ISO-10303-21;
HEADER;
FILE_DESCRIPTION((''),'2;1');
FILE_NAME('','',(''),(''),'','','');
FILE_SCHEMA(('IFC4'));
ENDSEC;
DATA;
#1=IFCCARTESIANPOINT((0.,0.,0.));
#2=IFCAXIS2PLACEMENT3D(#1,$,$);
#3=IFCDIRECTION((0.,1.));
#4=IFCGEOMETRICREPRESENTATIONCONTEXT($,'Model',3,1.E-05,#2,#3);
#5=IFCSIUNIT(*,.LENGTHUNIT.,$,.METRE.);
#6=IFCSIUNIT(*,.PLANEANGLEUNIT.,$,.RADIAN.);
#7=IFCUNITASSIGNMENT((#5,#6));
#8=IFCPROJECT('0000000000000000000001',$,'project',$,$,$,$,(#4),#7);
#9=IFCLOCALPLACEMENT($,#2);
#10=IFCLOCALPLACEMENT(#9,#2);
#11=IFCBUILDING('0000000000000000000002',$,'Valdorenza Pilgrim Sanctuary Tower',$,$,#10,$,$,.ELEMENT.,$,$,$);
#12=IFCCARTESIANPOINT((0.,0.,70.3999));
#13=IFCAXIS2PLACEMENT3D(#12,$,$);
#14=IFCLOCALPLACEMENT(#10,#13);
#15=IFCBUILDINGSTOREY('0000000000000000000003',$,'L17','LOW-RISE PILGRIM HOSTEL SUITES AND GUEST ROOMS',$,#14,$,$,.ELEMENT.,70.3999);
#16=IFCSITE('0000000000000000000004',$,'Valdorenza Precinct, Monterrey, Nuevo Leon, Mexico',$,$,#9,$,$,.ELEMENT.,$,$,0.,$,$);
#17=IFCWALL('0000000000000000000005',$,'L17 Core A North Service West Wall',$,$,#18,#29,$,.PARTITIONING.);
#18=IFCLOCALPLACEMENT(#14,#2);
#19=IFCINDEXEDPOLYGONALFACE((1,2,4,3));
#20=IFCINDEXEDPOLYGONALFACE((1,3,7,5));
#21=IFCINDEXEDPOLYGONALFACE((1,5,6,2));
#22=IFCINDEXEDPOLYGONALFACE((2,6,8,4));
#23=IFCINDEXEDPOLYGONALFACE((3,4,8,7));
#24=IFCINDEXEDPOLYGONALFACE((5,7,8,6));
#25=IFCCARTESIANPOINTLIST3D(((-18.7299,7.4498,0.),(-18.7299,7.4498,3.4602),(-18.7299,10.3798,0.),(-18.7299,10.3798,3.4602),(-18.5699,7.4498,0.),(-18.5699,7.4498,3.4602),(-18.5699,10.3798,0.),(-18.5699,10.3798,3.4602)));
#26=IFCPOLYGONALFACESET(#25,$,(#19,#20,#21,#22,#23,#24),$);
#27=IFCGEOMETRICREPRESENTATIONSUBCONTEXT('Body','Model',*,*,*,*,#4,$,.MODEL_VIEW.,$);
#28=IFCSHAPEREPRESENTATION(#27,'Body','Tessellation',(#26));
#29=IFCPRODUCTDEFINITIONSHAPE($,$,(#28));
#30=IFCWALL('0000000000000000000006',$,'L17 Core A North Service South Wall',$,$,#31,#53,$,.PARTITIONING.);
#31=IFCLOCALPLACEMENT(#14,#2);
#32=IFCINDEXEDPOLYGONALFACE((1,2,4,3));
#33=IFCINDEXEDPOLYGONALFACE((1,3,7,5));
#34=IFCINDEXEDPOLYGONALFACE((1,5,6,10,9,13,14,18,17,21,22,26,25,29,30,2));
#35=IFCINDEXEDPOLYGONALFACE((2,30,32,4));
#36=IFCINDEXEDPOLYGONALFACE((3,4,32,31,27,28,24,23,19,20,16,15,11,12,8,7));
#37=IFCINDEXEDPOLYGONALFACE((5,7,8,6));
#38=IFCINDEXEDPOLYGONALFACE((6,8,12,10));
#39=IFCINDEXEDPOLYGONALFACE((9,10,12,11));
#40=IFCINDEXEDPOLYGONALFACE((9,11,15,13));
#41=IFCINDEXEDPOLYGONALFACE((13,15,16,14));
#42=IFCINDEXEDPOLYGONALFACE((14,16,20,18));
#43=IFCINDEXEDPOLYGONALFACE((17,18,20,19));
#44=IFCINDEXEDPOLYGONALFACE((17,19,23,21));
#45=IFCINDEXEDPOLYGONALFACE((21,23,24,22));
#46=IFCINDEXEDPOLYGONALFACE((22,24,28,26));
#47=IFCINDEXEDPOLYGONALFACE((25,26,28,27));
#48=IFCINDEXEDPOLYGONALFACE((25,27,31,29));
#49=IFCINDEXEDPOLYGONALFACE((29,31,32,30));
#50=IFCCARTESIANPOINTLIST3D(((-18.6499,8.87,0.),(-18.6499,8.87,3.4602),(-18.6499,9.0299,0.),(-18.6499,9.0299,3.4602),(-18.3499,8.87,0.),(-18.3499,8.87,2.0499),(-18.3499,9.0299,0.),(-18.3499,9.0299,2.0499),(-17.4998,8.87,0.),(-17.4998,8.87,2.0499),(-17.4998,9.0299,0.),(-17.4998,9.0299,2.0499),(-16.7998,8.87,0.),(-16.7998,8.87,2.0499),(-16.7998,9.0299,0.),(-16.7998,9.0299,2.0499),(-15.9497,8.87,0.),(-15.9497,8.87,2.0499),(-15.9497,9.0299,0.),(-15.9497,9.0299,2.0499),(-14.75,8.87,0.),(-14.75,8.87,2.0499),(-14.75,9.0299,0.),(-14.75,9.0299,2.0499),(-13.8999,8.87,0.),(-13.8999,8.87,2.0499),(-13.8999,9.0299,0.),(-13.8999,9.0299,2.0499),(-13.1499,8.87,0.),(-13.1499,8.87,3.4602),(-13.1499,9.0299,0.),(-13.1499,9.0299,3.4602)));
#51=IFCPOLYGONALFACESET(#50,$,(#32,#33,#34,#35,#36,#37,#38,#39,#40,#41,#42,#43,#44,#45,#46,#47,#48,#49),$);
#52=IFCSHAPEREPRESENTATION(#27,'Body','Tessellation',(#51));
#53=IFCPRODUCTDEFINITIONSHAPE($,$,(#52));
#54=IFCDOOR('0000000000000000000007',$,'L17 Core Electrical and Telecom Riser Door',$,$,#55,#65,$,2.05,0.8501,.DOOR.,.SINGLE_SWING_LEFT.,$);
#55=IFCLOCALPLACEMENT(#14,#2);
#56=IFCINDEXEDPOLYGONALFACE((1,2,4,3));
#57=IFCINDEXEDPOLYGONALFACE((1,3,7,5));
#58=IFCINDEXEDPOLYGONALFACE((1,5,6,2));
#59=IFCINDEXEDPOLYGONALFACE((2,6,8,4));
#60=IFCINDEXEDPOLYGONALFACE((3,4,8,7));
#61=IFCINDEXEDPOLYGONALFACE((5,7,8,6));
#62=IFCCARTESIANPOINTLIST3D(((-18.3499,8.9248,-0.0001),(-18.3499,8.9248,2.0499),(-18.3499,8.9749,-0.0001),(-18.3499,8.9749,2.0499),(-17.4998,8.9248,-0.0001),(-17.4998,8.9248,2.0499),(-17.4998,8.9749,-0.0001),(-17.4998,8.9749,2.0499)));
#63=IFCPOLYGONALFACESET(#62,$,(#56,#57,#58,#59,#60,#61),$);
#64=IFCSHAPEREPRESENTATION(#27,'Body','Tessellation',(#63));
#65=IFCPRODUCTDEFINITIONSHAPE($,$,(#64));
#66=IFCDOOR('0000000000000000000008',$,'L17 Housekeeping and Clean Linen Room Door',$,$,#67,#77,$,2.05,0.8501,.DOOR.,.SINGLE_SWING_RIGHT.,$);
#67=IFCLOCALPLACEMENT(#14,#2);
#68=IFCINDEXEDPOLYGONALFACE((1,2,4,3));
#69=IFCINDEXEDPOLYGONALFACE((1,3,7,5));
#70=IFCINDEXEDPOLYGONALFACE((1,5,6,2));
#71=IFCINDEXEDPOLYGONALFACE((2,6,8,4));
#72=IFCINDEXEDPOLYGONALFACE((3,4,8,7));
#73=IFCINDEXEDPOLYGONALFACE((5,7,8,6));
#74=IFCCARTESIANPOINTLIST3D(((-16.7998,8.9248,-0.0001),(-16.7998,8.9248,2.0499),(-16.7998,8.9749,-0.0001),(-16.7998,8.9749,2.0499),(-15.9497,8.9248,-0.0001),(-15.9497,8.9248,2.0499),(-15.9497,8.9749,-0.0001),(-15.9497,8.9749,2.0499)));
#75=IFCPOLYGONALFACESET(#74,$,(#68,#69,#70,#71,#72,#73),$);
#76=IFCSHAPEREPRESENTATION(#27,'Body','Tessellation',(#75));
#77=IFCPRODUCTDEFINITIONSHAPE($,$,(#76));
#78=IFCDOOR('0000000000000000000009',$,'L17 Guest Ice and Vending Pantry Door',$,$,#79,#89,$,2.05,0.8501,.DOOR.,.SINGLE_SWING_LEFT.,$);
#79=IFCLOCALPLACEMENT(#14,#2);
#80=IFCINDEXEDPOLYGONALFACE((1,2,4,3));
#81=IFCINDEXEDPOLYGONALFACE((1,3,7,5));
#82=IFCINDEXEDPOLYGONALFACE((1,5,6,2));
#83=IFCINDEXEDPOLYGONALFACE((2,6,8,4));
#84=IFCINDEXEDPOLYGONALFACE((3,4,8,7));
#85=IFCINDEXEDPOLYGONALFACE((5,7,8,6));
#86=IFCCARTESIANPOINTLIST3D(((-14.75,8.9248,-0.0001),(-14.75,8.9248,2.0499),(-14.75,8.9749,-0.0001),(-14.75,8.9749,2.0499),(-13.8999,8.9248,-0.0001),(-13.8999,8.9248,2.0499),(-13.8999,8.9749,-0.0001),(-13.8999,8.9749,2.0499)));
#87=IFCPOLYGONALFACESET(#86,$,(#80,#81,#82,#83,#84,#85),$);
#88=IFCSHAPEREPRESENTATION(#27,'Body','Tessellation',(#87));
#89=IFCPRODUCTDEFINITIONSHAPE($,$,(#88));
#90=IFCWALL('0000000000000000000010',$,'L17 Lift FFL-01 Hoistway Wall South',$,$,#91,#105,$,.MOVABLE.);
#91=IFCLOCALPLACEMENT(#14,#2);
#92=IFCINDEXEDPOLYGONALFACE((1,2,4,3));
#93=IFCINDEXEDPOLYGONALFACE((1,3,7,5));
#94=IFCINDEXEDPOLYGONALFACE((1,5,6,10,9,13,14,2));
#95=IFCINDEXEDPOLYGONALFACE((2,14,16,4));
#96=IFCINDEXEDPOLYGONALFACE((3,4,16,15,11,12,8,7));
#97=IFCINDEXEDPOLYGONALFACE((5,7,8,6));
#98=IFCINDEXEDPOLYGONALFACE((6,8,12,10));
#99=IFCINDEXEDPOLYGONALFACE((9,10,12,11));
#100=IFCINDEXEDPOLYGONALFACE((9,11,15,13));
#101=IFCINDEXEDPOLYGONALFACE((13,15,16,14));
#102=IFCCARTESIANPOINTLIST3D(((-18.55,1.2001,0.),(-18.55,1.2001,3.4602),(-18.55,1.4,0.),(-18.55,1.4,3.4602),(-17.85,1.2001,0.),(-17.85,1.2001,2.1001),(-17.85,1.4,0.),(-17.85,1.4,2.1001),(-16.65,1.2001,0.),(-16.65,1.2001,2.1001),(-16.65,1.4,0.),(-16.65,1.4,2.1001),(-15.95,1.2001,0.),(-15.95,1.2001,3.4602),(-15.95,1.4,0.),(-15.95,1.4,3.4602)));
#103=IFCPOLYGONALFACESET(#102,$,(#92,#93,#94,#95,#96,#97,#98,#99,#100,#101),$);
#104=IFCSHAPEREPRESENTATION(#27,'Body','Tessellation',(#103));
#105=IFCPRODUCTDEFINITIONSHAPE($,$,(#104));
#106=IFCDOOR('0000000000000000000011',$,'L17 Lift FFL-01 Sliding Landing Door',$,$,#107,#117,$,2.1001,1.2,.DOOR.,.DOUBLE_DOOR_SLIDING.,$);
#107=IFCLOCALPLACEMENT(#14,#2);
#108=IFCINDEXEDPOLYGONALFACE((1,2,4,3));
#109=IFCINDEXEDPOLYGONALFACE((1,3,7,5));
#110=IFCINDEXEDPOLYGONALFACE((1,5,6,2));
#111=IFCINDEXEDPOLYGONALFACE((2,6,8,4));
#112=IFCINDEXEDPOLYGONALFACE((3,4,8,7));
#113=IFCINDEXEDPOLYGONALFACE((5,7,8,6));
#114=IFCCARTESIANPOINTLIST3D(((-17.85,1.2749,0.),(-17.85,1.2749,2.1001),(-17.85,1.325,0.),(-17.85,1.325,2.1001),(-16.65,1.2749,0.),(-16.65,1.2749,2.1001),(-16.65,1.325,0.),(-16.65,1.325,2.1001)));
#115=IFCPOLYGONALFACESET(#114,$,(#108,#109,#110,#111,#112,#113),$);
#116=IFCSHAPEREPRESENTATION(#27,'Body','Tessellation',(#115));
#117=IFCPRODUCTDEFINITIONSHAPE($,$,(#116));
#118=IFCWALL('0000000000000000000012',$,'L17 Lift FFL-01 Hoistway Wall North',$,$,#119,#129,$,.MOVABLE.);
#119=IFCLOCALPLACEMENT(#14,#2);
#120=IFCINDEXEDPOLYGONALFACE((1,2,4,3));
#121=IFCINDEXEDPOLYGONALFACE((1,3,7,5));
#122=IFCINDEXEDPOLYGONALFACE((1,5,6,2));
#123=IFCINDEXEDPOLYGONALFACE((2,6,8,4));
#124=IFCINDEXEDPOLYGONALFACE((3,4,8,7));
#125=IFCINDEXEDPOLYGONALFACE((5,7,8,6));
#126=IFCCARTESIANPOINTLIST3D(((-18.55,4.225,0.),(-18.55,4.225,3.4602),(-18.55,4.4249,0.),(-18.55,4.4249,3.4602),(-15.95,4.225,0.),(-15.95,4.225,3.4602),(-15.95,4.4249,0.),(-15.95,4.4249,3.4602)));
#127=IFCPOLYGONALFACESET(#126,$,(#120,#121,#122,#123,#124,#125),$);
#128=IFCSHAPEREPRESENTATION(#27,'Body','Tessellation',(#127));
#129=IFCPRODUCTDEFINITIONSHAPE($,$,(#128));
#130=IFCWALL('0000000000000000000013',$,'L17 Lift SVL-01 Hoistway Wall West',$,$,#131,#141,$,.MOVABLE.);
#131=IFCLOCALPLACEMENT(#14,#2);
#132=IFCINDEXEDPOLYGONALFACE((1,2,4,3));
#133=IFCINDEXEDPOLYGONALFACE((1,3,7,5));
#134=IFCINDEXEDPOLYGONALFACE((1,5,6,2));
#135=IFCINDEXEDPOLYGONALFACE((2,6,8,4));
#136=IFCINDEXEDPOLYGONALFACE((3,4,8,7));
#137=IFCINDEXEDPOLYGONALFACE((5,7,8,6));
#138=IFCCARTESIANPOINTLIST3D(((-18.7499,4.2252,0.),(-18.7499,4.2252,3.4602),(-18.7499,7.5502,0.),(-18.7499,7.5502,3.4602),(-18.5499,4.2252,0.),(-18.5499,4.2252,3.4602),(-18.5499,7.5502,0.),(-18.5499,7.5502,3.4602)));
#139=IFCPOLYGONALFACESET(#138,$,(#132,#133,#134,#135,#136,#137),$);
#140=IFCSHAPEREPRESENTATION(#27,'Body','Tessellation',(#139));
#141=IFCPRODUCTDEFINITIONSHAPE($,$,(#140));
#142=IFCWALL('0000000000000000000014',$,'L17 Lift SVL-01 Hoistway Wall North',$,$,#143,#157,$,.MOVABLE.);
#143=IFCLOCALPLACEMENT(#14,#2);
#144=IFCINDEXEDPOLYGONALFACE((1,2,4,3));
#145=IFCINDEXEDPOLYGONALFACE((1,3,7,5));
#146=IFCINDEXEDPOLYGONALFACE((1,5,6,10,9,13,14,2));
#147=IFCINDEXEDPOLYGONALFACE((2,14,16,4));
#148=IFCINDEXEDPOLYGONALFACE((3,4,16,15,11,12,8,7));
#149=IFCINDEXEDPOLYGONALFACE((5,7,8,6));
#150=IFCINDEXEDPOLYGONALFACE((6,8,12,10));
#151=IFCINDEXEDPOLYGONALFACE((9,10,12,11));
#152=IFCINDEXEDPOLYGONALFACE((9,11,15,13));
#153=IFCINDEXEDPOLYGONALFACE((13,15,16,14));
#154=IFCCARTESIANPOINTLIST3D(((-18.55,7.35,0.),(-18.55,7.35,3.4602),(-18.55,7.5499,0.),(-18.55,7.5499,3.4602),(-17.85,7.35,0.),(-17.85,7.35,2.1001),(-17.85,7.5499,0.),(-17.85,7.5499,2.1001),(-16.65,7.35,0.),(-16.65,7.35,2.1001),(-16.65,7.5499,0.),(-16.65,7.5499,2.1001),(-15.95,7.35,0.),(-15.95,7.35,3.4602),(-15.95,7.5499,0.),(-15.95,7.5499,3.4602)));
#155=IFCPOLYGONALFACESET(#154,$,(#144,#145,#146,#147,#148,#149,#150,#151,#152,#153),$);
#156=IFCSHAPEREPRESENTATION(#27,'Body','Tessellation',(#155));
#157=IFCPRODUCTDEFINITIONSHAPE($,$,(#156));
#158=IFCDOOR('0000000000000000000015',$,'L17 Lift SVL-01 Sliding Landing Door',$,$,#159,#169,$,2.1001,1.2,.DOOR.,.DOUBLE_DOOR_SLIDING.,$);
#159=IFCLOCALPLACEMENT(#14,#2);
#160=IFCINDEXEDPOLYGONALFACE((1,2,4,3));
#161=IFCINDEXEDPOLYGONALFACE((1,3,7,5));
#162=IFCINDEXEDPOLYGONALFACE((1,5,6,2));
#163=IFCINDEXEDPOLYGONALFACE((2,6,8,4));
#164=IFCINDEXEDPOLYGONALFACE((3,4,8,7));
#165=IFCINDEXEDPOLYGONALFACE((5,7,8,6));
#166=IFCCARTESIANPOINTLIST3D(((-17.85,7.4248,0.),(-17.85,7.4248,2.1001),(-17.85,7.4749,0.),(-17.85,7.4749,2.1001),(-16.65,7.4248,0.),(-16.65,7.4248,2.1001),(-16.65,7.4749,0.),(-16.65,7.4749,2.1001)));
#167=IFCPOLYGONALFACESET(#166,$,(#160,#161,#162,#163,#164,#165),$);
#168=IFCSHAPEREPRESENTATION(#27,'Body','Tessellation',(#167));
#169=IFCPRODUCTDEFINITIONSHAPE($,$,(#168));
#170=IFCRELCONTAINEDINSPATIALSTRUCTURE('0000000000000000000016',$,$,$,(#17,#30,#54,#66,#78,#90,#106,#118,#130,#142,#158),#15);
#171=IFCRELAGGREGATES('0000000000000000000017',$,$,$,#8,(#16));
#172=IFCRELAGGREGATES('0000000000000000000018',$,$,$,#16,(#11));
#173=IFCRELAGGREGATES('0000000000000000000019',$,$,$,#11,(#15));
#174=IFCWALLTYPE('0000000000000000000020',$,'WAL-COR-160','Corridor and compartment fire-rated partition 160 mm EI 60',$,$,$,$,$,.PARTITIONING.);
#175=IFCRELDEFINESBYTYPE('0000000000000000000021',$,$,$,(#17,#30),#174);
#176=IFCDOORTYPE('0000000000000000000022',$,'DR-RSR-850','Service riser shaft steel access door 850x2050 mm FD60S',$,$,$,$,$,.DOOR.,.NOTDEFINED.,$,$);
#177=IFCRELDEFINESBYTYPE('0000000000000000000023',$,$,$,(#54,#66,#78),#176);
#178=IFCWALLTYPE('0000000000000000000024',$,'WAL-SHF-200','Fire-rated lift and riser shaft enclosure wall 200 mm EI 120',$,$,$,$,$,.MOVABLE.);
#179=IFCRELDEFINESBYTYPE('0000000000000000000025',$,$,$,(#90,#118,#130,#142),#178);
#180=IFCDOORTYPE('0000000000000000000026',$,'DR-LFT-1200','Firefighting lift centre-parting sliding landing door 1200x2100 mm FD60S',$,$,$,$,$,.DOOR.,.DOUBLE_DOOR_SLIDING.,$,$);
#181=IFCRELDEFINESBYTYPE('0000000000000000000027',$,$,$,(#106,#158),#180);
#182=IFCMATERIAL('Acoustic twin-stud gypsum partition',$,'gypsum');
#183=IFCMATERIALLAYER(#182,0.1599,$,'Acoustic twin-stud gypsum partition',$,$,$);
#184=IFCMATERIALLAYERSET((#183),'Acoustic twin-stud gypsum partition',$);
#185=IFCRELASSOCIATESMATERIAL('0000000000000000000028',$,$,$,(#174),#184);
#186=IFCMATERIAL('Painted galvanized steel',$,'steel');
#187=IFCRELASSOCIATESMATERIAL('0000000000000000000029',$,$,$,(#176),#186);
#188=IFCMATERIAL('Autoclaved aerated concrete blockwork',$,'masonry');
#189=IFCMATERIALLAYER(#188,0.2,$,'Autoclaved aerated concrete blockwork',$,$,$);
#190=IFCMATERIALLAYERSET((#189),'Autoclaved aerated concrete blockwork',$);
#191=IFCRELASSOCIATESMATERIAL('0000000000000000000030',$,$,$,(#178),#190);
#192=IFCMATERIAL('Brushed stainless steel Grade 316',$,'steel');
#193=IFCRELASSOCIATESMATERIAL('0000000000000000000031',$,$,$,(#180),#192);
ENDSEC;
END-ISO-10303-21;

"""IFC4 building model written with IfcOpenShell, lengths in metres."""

from ifc_helpers import new_model, si_unit, direction, frame, frame_2d, origin, place, context, subcontext, project, spatial, rectangle, extrude, material, layer, layer_set, type_object, element, fill, save


model = new_model("IFC4")

# Units and contexts
model_context = context("Model", 3, precision=1e-05, world=origin(), true_north=direction((0.0, 1.0)))
body_context = subcontext(model_context, "Body", "Model", "MODEL_VIEW")
ifc_project = project(units=[si_unit("LENGTHUNIT", "METRE"), si_unit("PLANEANGLEUNIT", "RADIAN")], contexts=[model_context])

# Site, building, storey
site_placement = place(None, origin())
site = spatial("IfcSite", under=ifc_project, at=site_placement, Name="Valdorenza Precinct, Monterrey, Nuevo Leon, Mexico", CompositionType="ELEMENT", RefElevation=0.0)
building_placement = place(site_placement, origin())
building = spatial("IfcBuilding", under=site, at=building_placement, Name="Valdorenza Pilgrim Sanctuary Tower", CompositionType="ELEMENT")
storey_placement = place(building_placement, frame((0.0, 0.0, 70.3999)))
storey = spatial("IfcBuildingStorey", under=building, at=storey_placement, Name="L17", Description="LOW-RISE PILGRIM HOSTEL SUITES AND GUEST ROOMS", CompositionType="ELEMENT", Elevation=70.3999)

# Wall
ifc_material_1 = material(Name="Acoustic twin-stud gypsum partition", Category="gypsum")
ifc_layer_1 = layer(ifc_material_1, 0.1599, Name="Acoustic twin-stud gypsum partition")
ifc_layer_set_1 = layer_set([ifc_layer_1], Name="Acoustic twin-stud gypsum partition")
wall_type_1 = type_object("IfcWallType", Name="WAL-COR-160", Description="Corridor and compartment fire-rated partition 160 mm EI 60", PredefinedType="PARTITIONING", material=ifc_layer_set_1)
wall_1_placement = place(storey_placement, frame((-18.6499, 7.45, 0.0), z_axis=(0.0, 0.0, 1.0), x_axis=(0.0, 1.0, 0.0)))
element("IfcWall", 1, at=wall_1_placement, inside=storey, type_object=wall_type_1, Name="L17 Core A North Service West Wall", PredefinedType="PARTITIONING", context=body_context, shape_type="SweptSolid", body=[
    extrude(rectangle(XDim=2.9299, YDim=0.1599, at=frame_2d((1.4648, 0.0))), origin(), (0.0, 0.0, 1.0), 3.4602),
])

# Wall, openings, doors
wall_2_placement = place(storey_placement, frame((-18.6499, 8.95, 0.0), z_axis=(0.0, 0.0, 1.0), x_axis=(1.0, 0.0, 0.0)))
wall_2 = element("IfcWall", 2, at=wall_2_placement, inside=storey, type_object=wall_type_1, Name="L17 Core A North Service South Wall", PredefinedType="PARTITIONING", context=body_context, shape_type="SweptSolid", body=[
    extrude(rectangle(XDim=5.5, YDim=0.1599, at=frame_2d((2.75, 0.0))), origin(), (0.0, 0.0, 1.0), 3.4602),
])
opening_1_placement = place(wall_2_placement, frame((0.3, 0.0, 0.0)))
opening_1 = element("IfcOpeningElement", 3, at=opening_1_placement, cuts=wall_2, PredefinedType="OPENING", context=body_context, shape_type="SweptSolid", body=[
    extrude(rectangle(XDim=0.8501, YDim=2.05, at=frame_2d((0.425, 1.0249))), frame((0.0, 0.0947, 0.0), z_axis=(0.0, -1.0, 0.0), x_axis=(1.0, 0.0, 0.0)), (0.0, 0.0, 1.0), 0.1897),
])
opening_2_placement = place(wall_2_placement, frame((1.8501, 0.0, 0.0)))
opening_2 = element("IfcOpeningElement", 4, at=opening_2_placement, cuts=wall_2, PredefinedType="OPENING", context=body_context, shape_type="SweptSolid", body=[
    extrude(rectangle(XDim=0.8501, YDim=2.05, at=frame_2d((0.425, 1.0249))), frame((0.0, 0.0947, 0.0), z_axis=(0.0, -1.0, 0.0), x_axis=(1.0, 0.0, 0.0)), (0.0, 0.0, 1.0), 0.1897),
])
opening_3_placement = place(wall_2_placement, frame((3.8999, 0.0, 0.0)))
opening_3 = element("IfcOpeningElement", 5, at=opening_3_placement, cuts=wall_2, PredefinedType="OPENING", context=body_context, shape_type="SweptSolid", body=[
    extrude(rectangle(XDim=0.8501, YDim=2.05, at=frame_2d((0.425, 1.0249))), frame((0.0, 0.0947, 0.0), z_axis=(0.0, -1.0, 0.0), x_axis=(1.0, 0.0, 0.0)), (0.0, 0.0, 1.0), 0.1897),
])
ifc_material_2 = material(Name="Painted galvanized steel", Category="steel")
door_type_1 = type_object("IfcDoorType", Name="DR-RSR-850", Description="Service riser shaft steel access door 850x2050 mm FD60S", OperationType="NOTDEFINED", PredefinedType="DOOR", material=ifc_material_2)
door_1_placement = place(opening_1_placement, origin())
door_1 = element("IfcDoor", 6, at=door_1_placement, inside=storey, type_object=door_type_1, Name="L17 Core Electrical and Telecom Riser Door", OperationType="SINGLE_SWING_LEFT", OverallHeight=2.05, OverallWidth=0.8501, PredefinedType="DOOR", context=body_context, shape_type="SweptSolid", body=[
    extrude(rectangle(XDim=0.8501, YDim=2.05, at=frame_2d((0.425, 1.0249))), frame((0.0, 0.0249, 0.0), z_axis=(0.0, -1.0, 0.0), x_axis=(1.0, 0.0, 0.0)), (0.0, 0.0, 1.0), 0.05),
])
fill(opening_1, door_1)
door_2_placement = place(opening_2_placement, origin())
door_2 = element("IfcDoor", 7, at=door_2_placement, inside=storey, type_object=door_type_1, Name="L17 Housekeeping and Clean Linen Room Door", OperationType="SINGLE_SWING_RIGHT", OverallHeight=2.05, OverallWidth=0.8501, PredefinedType="DOOR", context=body_context, shape_type="SweptSolid", body=[
    extrude(rectangle(XDim=0.8501, YDim=2.05, at=frame_2d((0.425, 1.0249))), frame((0.0, 0.0249, 0.0), z_axis=(0.0, -1.0, 0.0), x_axis=(1.0, 0.0, 0.0)), (0.0, 0.0, 1.0), 0.05),
])
fill(opening_2, door_2)
door_3_placement = place(opening_3_placement, origin())
door_3 = element("IfcDoor", 8, at=door_3_placement, inside=storey, type_object=door_type_1, Name="L17 Guest Ice and Vending Pantry Door", OperationType="SINGLE_SWING_LEFT", OverallHeight=2.05, OverallWidth=0.8501, PredefinedType="DOOR", context=body_context, shape_type="SweptSolid", body=[
    extrude(rectangle(XDim=0.8501, YDim=2.05, at=frame_2d((0.425, 1.0249))), frame((0.0, 0.0249, 0.0), z_axis=(0.0, -1.0, 0.0), x_axis=(1.0, 0.0, 0.0)), (0.0, 0.0, 1.0), 0.05),
])
fill(opening_3, door_3)

# Wall, opening, door
ifc_material_3 = material(Name="Autoclaved aerated concrete blockwork", Category="masonry")
ifc_layer_2 = layer(ifc_material_3, 0.2, Name="Autoclaved aerated concrete blockwork")
ifc_layer_set_2 = layer_set([ifc_layer_2], Name="Autoclaved aerated concrete blockwork")
wall_type_2 = type_object("IfcWallType", Name="WAL-SHF-200", Description="Fire-rated lift and riser shaft enclosure wall 200 mm EI 120", PredefinedType="MOVABLE", material=ifc_layer_set_2)
wall_3_placement = place(storey_placement, frame((-18.55, 1.3, 0.0), z_axis=(0.0, 0.0, 1.0), x_axis=(1.0, 0.0, 0.0)))
wall_3 = element("IfcWall", 9, at=wall_3_placement, inside=storey, type_object=wall_type_2, Name="L17 Lift FFL-01 Hoistway Wall South", PredefinedType="MOVABLE", context=body_context, shape_type="SweptSolid", body=[
    extrude(rectangle(XDim=2.6001, YDim=0.2, at=frame_2d((1.3, 0.0))), origin(), (0.0, 0.0, 1.0), 3.4602),
])
opening_4_placement = place(wall_3_placement, frame((0.7, 0.0, 0.0)))
opening_4 = element("IfcOpeningElement", 10, at=opening_4_placement, cuts=wall_3, PredefinedType="OPENING", context=body_context, shape_type="SweptSolid", body=[
    extrude(rectangle(XDim=1.2, YDim=2.1001, at=frame_2d((0.6001, 1.05))), frame((0.0, 0.1147, 0.0), z_axis=(0.0, -1.0, 0.0), x_axis=(1.0, 0.0, 0.0)), (0.0, 0.0, 1.0), 0.2297),
])
ifc_material_4 = material(Name="Brushed stainless steel Grade 316", Category="steel")
door_type_2 = type_object("IfcDoorType", Name="DR-LFT-1200", Description="Firefighting lift centre-parting sliding landing door 1200x2100 mm FD60S", OperationType="DOUBLE_DOOR_SLIDING", PredefinedType="DOOR", material=ifc_material_4)
door_4_placement = place(opening_4_placement, origin())
door_4 = element("IfcDoor", 11, at=door_4_placement, inside=storey, type_object=door_type_2, Name="L17 Lift FFL-01 Sliding Landing Door", OperationType="DOUBLE_DOOR_SLIDING", OverallHeight=2.1001, OverallWidth=1.2, PredefinedType="DOOR", context=body_context, shape_type="SweptSolid", body=[
    extrude(rectangle(XDim=1.2, YDim=2.1001, at=frame_2d((0.6001, 1.05))), frame((0.0, 0.0249, 0.0), z_axis=(0.0, -1.0, 0.0), x_axis=(1.0, 0.0, 0.0)), (0.0, 0.0, 1.0), 0.05),
])
fill(opening_4, door_4)

# Walls
wall_4_placement = place(storey_placement, frame((-18.55, 4.325, 0.0), z_axis=(0.0, 0.0, 1.0), x_axis=(1.0, 0.0, 0.0)))
element("IfcWall", 12, at=wall_4_placement, inside=storey, type_object=wall_type_2, Name="L17 Lift FFL-01 Hoistway Wall North", PredefinedType="MOVABLE", context=body_context, shape_type="SweptSolid", body=[
    extrude(rectangle(XDim=2.6001, YDim=0.2, at=frame_2d((1.3, 0.0))), origin(), (0.0, 0.0, 1.0), 3.4602),
])
wall_5_placement = place(storey_placement, frame((-18.6499, 4.2251, 0.0), z_axis=(0.0, 0.0, 1.0), x_axis=(0.0, 1.0, 0.0)))
element("IfcWall", 13, at=wall_5_placement, inside=storey, type_object=wall_type_2, Name="L17 Lift SVL-01 Hoistway Wall West", PredefinedType="MOVABLE", context=body_context, shape_type="SweptSolid", body=[
    extrude(rectangle(XDim=3.325, YDim=0.2, at=frame_2d((1.6626, 0.0))), origin(), (0.0, 0.0, 1.0), 3.4602),
])

# Wall, opening, door
wall_6_placement = place(storey_placement, frame((-18.55, 7.45, 0.0), z_axis=(0.0, 0.0, 1.0), x_axis=(1.0, 0.0, 0.0)))
wall_6 = element("IfcWall", 14, at=wall_6_placement, inside=storey, type_object=wall_type_2, Name="L17 Lift SVL-01 Hoistway Wall North", PredefinedType="MOVABLE", context=body_context, shape_type="SweptSolid", body=[
    extrude(rectangle(XDim=2.6001, YDim=0.2, at=frame_2d((1.3, 0.0))), origin(), (0.0, 0.0, 1.0), 3.4602),
])
opening_5_placement = place(wall_6_placement, frame((0.7, 0.0, 0.0)))
opening_5 = element("IfcOpeningElement", 15, at=opening_5_placement, cuts=wall_6, PredefinedType="OPENING", context=body_context, shape_type="SweptSolid", body=[
    extrude(rectangle(XDim=1.2, YDim=2.1001, at=frame_2d((0.6001, 1.05))), frame((0.0, 0.1147, 0.0), z_axis=(0.0, -1.0, 0.0), x_axis=(1.0, 0.0, 0.0)), (0.0, 0.0, 1.0), 0.2297),
])
door_5_placement = place(opening_5_placement, origin())
door_5 = element("IfcDoor", 16, at=door_5_placement, inside=storey, type_object=door_type_2, Name="L17 Lift SVL-01 Sliding Landing Door", OperationType="DOUBLE_DOOR_SLIDING", OverallHeight=2.1001, OverallWidth=1.2, PredefinedType="DOOR", context=body_context, shape_type="SweptSolid", body=[
    extrude(rectangle(XDim=1.2, YDim=2.1001, at=frame_2d((0.6001, 1.05))), frame((0.0, 0.0249, 0.0), z_axis=(0.0, -1.0, 0.0), x_axis=(1.0, 0.0, 0.0)), (0.0, 0.0, 1.0), 0.05),
])
fill(opening_5, door_5)

save(model, "model.ifc")
